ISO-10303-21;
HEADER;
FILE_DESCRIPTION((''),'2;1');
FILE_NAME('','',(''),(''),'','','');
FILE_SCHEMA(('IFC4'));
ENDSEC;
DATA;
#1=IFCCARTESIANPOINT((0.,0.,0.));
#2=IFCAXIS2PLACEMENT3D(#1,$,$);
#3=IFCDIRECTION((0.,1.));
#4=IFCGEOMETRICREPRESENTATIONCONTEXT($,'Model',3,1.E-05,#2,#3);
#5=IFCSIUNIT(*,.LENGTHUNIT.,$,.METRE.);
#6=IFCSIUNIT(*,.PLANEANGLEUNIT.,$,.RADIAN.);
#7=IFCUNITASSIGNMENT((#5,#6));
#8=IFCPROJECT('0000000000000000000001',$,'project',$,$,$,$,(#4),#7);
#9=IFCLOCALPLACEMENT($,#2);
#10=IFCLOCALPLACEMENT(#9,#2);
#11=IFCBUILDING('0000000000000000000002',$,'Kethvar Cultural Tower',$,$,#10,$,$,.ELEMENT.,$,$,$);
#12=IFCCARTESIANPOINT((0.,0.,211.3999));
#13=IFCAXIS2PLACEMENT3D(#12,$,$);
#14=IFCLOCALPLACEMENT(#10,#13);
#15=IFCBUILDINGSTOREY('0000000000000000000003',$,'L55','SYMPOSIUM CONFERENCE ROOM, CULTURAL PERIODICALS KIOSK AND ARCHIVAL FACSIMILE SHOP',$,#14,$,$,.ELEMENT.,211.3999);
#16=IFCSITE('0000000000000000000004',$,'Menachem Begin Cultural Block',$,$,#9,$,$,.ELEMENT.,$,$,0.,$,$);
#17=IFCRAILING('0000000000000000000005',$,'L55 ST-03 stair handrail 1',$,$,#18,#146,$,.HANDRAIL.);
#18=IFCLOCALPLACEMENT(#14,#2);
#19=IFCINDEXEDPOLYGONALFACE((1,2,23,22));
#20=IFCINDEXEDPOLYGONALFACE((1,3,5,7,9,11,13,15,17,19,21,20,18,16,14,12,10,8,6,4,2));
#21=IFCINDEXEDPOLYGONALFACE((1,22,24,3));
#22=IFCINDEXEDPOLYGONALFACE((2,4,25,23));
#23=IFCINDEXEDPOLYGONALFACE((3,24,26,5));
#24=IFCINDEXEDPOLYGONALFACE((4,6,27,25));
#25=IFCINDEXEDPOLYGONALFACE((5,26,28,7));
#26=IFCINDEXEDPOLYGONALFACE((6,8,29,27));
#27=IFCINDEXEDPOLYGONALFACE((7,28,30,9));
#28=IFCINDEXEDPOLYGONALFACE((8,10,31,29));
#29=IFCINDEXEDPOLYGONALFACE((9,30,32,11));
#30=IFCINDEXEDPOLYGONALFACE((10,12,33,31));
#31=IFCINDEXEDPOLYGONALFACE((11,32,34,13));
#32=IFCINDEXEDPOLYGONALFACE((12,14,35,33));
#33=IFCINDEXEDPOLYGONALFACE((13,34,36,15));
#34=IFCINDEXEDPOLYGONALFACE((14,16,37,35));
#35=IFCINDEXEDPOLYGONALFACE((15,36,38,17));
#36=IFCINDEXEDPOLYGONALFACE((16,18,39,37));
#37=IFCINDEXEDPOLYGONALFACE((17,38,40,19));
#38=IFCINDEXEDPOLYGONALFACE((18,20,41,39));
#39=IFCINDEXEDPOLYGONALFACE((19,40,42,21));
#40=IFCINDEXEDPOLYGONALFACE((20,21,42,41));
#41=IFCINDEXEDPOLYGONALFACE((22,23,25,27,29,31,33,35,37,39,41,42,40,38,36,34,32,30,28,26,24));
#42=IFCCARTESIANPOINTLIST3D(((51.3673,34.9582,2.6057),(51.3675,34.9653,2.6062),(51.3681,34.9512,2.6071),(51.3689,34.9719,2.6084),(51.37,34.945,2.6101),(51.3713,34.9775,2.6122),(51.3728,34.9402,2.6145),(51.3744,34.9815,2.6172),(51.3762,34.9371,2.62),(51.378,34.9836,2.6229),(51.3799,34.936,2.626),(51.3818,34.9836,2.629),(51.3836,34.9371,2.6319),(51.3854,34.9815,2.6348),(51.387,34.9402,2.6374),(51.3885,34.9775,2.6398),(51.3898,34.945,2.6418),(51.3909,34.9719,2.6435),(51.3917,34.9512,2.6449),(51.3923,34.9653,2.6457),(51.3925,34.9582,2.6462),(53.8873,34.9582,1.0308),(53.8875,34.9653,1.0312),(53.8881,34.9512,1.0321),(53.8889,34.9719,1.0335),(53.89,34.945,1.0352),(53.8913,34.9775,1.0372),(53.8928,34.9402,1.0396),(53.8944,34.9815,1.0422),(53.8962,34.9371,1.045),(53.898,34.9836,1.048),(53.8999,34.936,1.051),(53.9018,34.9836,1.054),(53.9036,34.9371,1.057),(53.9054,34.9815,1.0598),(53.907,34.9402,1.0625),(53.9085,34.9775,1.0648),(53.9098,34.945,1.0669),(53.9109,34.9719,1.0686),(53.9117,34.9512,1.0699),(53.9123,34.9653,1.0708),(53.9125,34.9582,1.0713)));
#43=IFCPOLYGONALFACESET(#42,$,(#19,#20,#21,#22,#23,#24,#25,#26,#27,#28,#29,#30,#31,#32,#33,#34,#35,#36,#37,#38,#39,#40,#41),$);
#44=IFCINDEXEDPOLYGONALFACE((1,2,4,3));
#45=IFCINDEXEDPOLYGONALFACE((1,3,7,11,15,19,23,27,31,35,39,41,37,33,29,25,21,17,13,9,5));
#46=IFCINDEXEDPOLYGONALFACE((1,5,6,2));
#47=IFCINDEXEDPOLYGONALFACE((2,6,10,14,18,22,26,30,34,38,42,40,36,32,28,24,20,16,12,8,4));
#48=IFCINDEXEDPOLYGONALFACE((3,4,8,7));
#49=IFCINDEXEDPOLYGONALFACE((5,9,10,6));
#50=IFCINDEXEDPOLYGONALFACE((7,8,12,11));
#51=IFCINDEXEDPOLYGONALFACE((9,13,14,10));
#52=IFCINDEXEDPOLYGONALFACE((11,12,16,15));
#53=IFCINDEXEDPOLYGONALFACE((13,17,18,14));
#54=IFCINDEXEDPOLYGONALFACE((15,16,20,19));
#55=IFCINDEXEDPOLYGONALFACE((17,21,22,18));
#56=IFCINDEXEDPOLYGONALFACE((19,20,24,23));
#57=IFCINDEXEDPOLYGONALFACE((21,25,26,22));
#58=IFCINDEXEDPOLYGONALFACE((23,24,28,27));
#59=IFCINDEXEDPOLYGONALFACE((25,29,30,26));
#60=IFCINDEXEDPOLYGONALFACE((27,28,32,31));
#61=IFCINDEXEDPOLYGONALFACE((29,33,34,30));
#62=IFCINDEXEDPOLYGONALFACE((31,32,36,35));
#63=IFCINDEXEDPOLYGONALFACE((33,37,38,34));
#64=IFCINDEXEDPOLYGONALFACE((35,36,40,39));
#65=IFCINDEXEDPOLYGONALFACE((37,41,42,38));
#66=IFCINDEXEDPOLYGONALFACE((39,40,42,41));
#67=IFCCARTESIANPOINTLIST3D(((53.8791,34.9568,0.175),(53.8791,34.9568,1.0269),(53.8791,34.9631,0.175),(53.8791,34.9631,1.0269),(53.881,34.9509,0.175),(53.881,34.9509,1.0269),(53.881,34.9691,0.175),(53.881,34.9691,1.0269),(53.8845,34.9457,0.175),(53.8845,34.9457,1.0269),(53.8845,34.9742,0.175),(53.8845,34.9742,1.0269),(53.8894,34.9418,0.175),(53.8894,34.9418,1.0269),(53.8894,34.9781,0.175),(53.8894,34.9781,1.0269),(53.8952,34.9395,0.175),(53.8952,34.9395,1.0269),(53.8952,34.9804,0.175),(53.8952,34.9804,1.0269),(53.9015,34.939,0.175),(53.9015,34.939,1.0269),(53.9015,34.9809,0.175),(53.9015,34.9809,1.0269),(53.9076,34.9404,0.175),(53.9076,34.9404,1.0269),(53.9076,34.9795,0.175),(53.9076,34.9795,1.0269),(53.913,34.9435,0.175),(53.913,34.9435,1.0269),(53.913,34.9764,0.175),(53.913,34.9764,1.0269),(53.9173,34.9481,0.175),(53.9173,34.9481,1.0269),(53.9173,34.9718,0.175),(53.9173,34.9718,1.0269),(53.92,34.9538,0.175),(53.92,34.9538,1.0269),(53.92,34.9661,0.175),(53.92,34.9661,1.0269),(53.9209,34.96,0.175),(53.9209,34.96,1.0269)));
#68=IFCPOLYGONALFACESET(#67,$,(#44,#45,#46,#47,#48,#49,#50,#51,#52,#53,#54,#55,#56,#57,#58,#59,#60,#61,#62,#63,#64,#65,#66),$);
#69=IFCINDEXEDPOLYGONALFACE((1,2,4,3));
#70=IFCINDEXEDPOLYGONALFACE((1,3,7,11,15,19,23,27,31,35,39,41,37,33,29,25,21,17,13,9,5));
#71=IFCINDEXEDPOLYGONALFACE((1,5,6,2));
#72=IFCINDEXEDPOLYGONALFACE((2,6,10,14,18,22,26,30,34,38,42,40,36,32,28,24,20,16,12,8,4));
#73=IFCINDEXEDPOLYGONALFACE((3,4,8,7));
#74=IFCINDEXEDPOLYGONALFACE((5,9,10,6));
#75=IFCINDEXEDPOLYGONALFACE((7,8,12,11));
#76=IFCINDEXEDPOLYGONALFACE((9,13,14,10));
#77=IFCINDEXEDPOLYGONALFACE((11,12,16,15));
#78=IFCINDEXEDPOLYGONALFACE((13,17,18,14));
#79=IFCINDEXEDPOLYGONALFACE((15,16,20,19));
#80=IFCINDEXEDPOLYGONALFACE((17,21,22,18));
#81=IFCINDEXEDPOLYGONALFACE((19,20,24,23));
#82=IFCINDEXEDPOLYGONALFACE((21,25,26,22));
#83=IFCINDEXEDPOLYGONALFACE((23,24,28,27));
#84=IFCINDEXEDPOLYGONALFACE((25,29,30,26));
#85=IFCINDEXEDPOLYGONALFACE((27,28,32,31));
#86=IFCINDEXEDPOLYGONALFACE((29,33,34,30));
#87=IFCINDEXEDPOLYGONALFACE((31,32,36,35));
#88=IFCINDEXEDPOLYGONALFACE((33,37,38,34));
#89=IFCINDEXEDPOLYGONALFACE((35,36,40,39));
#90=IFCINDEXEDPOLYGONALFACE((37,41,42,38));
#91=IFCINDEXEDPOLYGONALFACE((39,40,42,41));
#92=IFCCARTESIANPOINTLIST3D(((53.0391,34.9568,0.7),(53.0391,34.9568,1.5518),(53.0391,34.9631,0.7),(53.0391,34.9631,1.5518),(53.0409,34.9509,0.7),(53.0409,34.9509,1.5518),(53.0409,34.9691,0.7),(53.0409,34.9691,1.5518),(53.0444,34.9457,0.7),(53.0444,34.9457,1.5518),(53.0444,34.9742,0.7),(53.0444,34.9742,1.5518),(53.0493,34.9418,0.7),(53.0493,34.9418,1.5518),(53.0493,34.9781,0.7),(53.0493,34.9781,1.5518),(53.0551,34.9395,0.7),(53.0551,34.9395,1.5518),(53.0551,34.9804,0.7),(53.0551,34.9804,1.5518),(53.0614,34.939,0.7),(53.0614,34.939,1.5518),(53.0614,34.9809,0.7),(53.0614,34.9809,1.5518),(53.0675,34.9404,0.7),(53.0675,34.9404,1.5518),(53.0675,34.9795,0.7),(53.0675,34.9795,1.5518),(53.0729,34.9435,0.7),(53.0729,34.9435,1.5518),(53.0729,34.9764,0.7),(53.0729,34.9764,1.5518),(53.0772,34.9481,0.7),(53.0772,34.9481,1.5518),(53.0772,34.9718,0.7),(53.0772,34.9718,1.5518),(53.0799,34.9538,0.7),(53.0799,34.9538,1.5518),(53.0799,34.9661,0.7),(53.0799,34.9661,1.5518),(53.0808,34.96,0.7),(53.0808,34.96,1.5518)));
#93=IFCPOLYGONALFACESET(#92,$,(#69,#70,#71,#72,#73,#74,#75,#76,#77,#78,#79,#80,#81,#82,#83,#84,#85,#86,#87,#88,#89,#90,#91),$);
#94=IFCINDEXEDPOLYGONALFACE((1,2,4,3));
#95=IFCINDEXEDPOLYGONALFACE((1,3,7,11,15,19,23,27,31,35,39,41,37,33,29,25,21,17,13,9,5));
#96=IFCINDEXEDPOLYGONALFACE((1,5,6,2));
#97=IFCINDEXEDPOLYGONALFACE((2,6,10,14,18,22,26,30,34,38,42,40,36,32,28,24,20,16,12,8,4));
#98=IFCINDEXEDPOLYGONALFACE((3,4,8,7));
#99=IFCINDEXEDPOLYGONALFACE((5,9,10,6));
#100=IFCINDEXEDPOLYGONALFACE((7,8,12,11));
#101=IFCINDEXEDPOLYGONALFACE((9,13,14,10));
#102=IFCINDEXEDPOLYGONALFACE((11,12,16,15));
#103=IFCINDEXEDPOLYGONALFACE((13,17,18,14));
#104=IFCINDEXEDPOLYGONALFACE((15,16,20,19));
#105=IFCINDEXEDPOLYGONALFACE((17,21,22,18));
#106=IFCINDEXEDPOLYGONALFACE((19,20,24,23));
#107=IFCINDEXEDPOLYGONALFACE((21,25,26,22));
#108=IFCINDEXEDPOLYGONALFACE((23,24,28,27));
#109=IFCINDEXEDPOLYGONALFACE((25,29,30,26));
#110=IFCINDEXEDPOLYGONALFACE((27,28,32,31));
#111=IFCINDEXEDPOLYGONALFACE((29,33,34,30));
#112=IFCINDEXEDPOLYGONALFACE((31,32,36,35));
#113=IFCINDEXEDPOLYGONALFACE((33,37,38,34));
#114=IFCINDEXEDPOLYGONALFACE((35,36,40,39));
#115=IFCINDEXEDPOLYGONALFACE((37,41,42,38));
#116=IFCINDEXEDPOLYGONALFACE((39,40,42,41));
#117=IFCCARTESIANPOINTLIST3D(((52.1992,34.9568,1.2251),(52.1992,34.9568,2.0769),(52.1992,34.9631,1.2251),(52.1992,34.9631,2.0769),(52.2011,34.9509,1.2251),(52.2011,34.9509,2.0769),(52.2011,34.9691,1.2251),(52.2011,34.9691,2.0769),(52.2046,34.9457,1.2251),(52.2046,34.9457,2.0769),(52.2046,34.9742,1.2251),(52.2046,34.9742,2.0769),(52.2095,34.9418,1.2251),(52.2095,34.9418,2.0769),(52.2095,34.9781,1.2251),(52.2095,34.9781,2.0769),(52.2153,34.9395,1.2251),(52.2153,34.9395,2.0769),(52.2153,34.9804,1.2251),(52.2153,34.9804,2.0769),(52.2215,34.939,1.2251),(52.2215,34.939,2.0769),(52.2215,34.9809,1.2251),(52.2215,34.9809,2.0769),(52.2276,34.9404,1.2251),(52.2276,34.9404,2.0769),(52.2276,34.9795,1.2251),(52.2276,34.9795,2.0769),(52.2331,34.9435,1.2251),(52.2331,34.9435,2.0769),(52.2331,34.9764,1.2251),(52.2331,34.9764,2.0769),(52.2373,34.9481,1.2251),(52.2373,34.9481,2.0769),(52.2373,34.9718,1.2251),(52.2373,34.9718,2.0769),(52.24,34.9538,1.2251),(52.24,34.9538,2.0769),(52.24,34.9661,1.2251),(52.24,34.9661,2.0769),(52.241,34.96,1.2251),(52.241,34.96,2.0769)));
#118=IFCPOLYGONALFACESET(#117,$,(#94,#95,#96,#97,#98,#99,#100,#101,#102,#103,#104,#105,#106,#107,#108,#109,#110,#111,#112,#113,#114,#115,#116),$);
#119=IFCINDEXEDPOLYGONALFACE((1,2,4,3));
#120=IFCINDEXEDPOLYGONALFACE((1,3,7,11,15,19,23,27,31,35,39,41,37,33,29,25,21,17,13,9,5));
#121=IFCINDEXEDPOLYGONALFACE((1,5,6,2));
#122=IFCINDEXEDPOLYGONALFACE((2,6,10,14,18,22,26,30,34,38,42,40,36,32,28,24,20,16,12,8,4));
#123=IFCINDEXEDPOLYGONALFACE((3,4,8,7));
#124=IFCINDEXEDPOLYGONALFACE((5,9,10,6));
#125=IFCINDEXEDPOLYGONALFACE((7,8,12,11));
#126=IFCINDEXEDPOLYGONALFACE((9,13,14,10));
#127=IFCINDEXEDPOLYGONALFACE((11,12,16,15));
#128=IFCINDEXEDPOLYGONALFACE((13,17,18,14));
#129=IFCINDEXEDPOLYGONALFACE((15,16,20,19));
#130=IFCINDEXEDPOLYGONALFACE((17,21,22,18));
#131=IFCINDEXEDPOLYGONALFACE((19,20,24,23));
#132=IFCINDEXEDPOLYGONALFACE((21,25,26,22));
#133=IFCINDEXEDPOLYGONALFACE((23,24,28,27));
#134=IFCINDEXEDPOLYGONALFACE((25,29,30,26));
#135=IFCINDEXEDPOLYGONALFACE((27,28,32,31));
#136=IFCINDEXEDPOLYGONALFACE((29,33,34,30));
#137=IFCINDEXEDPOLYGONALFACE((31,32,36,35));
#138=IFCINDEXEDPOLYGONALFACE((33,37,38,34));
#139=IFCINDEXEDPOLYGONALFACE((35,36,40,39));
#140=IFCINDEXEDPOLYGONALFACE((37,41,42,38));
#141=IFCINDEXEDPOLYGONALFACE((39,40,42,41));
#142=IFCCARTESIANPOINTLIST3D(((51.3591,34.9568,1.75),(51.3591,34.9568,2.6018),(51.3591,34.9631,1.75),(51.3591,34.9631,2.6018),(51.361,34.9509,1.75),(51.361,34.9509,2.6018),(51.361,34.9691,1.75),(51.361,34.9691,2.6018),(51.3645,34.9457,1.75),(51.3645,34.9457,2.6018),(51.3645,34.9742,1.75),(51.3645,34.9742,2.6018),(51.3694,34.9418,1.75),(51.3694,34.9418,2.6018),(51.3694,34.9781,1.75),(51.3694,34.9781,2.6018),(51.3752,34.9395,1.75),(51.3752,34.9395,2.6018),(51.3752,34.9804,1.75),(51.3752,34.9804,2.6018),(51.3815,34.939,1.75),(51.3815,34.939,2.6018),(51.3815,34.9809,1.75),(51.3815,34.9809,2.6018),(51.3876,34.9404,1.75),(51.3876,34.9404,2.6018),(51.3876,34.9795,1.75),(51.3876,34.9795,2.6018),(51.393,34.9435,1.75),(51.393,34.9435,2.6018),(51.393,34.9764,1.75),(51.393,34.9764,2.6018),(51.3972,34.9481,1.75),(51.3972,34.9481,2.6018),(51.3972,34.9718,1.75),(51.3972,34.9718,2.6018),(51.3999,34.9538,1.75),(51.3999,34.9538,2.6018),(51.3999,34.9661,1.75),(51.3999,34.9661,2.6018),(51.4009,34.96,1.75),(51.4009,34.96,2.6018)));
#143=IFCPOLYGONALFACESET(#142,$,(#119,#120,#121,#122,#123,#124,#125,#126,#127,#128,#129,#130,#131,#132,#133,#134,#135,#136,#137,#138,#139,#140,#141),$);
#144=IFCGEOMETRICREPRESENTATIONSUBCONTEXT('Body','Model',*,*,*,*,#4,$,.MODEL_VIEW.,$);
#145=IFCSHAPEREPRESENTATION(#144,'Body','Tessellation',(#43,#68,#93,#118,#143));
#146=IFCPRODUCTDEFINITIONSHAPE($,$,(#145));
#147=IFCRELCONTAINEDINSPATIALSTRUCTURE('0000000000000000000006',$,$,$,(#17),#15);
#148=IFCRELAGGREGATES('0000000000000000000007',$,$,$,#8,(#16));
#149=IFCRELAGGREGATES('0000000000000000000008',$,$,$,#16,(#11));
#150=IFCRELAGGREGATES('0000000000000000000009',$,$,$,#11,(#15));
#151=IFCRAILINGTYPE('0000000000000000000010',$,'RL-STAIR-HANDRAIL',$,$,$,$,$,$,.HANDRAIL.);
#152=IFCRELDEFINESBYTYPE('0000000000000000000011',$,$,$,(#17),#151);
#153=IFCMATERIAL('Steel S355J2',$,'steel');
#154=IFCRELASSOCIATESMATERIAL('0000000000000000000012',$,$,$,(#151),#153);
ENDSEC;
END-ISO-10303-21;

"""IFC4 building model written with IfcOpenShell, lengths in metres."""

from ifc_helpers import new_model, si_unit, direction, frame, origin, origin_2d, place, context, subcontext, project, spatial, circle, extrude, material, type_object, element, save


model = new_model("IFC4")

# Units and contexts
model_context = context("Model", 3, precision=1e-05, world=origin(), true_north=direction((0.0, 1.0)))
body_context = subcontext(model_context, "Body", "Model", "MODEL_VIEW")
ifc_project = project(units=[si_unit("LENGTHUNIT", "METRE"), si_unit("PLANEANGLEUNIT", "RADIAN")], contexts=[model_context])

# Site, building, storey
site_placement = place(None, origin())
site = spatial("IfcSite", under=ifc_project, at=site_placement, Name="Menachem Begin Cultural Block", CompositionType="ELEMENT", RefElevation=0.0)
building_placement = place(site_placement, origin())
building = spatial("IfcBuilding", under=site, at=building_placement, Name="Kethvar Cultural Tower", CompositionType="ELEMENT")
storey_placement = place(building_placement, frame((0.0, 0.0, 211.3999)))
storey = spatial("IfcBuildingStorey", under=building, at=storey_placement, Name="L55", Description="SYMPOSIUM CONFERENCE ROOM, CULTURAL PERIODICALS KIOSK AND ARCHIVAL FACSIMILE SHOP", CompositionType="ELEMENT", Elevation=211.3999)

# Shared definitions
ifc_material_1 = material(Name="Steel S355J2", Category="steel")

# Railing
railing_type_1 = type_object("IfcRailingType", Name="RL-STAIR-HANDRAIL", PredefinedType="HANDRAIL", material=ifc_material_1)
railing_1_placement = place(storey_placement, frame((53.8999, 34.96, 0.175)))
element("IfcRailing", 1, at=railing_1_placement, inside=storey, type_object=railing_type_1, Name="L55 ST-03 stair handrail 1", PredefinedType="HANDRAIL", context=body_context, shape_type="SweptSolid", body=[
    extrude(circle(Radius=0.0239, at=origin_2d()), frame((0.0, 0.0, 0.876), z_axis=(-0.848008, 0.0, 0.529984), x_axis=(0.0, -1.0, 0.0)), (0.0, 0.0, 1.0), 2.9717),
    extrude(circle(Radius=0.021, at=origin_2d()), origin(), (0.0, 0.0, 1.0), 0.8518),
    extrude(circle(Radius=0.021, at=origin_2d()), frame((-0.8401, 0.0, 0.5249)), (0.0, 0.0, 1.0), 0.8518),
    extrude(circle(Radius=0.021, at=origin_2d()), frame((-1.6799, 0.0, 1.05)), (0.0, 0.0, 1.0), 0.8518),
    extrude(circle(Radius=0.021, at=origin_2d()), frame((-2.52, 0.0, 1.575)), (0.0, 0.0, 1.0), 0.8518),
])

save(model, "model.ifc")
